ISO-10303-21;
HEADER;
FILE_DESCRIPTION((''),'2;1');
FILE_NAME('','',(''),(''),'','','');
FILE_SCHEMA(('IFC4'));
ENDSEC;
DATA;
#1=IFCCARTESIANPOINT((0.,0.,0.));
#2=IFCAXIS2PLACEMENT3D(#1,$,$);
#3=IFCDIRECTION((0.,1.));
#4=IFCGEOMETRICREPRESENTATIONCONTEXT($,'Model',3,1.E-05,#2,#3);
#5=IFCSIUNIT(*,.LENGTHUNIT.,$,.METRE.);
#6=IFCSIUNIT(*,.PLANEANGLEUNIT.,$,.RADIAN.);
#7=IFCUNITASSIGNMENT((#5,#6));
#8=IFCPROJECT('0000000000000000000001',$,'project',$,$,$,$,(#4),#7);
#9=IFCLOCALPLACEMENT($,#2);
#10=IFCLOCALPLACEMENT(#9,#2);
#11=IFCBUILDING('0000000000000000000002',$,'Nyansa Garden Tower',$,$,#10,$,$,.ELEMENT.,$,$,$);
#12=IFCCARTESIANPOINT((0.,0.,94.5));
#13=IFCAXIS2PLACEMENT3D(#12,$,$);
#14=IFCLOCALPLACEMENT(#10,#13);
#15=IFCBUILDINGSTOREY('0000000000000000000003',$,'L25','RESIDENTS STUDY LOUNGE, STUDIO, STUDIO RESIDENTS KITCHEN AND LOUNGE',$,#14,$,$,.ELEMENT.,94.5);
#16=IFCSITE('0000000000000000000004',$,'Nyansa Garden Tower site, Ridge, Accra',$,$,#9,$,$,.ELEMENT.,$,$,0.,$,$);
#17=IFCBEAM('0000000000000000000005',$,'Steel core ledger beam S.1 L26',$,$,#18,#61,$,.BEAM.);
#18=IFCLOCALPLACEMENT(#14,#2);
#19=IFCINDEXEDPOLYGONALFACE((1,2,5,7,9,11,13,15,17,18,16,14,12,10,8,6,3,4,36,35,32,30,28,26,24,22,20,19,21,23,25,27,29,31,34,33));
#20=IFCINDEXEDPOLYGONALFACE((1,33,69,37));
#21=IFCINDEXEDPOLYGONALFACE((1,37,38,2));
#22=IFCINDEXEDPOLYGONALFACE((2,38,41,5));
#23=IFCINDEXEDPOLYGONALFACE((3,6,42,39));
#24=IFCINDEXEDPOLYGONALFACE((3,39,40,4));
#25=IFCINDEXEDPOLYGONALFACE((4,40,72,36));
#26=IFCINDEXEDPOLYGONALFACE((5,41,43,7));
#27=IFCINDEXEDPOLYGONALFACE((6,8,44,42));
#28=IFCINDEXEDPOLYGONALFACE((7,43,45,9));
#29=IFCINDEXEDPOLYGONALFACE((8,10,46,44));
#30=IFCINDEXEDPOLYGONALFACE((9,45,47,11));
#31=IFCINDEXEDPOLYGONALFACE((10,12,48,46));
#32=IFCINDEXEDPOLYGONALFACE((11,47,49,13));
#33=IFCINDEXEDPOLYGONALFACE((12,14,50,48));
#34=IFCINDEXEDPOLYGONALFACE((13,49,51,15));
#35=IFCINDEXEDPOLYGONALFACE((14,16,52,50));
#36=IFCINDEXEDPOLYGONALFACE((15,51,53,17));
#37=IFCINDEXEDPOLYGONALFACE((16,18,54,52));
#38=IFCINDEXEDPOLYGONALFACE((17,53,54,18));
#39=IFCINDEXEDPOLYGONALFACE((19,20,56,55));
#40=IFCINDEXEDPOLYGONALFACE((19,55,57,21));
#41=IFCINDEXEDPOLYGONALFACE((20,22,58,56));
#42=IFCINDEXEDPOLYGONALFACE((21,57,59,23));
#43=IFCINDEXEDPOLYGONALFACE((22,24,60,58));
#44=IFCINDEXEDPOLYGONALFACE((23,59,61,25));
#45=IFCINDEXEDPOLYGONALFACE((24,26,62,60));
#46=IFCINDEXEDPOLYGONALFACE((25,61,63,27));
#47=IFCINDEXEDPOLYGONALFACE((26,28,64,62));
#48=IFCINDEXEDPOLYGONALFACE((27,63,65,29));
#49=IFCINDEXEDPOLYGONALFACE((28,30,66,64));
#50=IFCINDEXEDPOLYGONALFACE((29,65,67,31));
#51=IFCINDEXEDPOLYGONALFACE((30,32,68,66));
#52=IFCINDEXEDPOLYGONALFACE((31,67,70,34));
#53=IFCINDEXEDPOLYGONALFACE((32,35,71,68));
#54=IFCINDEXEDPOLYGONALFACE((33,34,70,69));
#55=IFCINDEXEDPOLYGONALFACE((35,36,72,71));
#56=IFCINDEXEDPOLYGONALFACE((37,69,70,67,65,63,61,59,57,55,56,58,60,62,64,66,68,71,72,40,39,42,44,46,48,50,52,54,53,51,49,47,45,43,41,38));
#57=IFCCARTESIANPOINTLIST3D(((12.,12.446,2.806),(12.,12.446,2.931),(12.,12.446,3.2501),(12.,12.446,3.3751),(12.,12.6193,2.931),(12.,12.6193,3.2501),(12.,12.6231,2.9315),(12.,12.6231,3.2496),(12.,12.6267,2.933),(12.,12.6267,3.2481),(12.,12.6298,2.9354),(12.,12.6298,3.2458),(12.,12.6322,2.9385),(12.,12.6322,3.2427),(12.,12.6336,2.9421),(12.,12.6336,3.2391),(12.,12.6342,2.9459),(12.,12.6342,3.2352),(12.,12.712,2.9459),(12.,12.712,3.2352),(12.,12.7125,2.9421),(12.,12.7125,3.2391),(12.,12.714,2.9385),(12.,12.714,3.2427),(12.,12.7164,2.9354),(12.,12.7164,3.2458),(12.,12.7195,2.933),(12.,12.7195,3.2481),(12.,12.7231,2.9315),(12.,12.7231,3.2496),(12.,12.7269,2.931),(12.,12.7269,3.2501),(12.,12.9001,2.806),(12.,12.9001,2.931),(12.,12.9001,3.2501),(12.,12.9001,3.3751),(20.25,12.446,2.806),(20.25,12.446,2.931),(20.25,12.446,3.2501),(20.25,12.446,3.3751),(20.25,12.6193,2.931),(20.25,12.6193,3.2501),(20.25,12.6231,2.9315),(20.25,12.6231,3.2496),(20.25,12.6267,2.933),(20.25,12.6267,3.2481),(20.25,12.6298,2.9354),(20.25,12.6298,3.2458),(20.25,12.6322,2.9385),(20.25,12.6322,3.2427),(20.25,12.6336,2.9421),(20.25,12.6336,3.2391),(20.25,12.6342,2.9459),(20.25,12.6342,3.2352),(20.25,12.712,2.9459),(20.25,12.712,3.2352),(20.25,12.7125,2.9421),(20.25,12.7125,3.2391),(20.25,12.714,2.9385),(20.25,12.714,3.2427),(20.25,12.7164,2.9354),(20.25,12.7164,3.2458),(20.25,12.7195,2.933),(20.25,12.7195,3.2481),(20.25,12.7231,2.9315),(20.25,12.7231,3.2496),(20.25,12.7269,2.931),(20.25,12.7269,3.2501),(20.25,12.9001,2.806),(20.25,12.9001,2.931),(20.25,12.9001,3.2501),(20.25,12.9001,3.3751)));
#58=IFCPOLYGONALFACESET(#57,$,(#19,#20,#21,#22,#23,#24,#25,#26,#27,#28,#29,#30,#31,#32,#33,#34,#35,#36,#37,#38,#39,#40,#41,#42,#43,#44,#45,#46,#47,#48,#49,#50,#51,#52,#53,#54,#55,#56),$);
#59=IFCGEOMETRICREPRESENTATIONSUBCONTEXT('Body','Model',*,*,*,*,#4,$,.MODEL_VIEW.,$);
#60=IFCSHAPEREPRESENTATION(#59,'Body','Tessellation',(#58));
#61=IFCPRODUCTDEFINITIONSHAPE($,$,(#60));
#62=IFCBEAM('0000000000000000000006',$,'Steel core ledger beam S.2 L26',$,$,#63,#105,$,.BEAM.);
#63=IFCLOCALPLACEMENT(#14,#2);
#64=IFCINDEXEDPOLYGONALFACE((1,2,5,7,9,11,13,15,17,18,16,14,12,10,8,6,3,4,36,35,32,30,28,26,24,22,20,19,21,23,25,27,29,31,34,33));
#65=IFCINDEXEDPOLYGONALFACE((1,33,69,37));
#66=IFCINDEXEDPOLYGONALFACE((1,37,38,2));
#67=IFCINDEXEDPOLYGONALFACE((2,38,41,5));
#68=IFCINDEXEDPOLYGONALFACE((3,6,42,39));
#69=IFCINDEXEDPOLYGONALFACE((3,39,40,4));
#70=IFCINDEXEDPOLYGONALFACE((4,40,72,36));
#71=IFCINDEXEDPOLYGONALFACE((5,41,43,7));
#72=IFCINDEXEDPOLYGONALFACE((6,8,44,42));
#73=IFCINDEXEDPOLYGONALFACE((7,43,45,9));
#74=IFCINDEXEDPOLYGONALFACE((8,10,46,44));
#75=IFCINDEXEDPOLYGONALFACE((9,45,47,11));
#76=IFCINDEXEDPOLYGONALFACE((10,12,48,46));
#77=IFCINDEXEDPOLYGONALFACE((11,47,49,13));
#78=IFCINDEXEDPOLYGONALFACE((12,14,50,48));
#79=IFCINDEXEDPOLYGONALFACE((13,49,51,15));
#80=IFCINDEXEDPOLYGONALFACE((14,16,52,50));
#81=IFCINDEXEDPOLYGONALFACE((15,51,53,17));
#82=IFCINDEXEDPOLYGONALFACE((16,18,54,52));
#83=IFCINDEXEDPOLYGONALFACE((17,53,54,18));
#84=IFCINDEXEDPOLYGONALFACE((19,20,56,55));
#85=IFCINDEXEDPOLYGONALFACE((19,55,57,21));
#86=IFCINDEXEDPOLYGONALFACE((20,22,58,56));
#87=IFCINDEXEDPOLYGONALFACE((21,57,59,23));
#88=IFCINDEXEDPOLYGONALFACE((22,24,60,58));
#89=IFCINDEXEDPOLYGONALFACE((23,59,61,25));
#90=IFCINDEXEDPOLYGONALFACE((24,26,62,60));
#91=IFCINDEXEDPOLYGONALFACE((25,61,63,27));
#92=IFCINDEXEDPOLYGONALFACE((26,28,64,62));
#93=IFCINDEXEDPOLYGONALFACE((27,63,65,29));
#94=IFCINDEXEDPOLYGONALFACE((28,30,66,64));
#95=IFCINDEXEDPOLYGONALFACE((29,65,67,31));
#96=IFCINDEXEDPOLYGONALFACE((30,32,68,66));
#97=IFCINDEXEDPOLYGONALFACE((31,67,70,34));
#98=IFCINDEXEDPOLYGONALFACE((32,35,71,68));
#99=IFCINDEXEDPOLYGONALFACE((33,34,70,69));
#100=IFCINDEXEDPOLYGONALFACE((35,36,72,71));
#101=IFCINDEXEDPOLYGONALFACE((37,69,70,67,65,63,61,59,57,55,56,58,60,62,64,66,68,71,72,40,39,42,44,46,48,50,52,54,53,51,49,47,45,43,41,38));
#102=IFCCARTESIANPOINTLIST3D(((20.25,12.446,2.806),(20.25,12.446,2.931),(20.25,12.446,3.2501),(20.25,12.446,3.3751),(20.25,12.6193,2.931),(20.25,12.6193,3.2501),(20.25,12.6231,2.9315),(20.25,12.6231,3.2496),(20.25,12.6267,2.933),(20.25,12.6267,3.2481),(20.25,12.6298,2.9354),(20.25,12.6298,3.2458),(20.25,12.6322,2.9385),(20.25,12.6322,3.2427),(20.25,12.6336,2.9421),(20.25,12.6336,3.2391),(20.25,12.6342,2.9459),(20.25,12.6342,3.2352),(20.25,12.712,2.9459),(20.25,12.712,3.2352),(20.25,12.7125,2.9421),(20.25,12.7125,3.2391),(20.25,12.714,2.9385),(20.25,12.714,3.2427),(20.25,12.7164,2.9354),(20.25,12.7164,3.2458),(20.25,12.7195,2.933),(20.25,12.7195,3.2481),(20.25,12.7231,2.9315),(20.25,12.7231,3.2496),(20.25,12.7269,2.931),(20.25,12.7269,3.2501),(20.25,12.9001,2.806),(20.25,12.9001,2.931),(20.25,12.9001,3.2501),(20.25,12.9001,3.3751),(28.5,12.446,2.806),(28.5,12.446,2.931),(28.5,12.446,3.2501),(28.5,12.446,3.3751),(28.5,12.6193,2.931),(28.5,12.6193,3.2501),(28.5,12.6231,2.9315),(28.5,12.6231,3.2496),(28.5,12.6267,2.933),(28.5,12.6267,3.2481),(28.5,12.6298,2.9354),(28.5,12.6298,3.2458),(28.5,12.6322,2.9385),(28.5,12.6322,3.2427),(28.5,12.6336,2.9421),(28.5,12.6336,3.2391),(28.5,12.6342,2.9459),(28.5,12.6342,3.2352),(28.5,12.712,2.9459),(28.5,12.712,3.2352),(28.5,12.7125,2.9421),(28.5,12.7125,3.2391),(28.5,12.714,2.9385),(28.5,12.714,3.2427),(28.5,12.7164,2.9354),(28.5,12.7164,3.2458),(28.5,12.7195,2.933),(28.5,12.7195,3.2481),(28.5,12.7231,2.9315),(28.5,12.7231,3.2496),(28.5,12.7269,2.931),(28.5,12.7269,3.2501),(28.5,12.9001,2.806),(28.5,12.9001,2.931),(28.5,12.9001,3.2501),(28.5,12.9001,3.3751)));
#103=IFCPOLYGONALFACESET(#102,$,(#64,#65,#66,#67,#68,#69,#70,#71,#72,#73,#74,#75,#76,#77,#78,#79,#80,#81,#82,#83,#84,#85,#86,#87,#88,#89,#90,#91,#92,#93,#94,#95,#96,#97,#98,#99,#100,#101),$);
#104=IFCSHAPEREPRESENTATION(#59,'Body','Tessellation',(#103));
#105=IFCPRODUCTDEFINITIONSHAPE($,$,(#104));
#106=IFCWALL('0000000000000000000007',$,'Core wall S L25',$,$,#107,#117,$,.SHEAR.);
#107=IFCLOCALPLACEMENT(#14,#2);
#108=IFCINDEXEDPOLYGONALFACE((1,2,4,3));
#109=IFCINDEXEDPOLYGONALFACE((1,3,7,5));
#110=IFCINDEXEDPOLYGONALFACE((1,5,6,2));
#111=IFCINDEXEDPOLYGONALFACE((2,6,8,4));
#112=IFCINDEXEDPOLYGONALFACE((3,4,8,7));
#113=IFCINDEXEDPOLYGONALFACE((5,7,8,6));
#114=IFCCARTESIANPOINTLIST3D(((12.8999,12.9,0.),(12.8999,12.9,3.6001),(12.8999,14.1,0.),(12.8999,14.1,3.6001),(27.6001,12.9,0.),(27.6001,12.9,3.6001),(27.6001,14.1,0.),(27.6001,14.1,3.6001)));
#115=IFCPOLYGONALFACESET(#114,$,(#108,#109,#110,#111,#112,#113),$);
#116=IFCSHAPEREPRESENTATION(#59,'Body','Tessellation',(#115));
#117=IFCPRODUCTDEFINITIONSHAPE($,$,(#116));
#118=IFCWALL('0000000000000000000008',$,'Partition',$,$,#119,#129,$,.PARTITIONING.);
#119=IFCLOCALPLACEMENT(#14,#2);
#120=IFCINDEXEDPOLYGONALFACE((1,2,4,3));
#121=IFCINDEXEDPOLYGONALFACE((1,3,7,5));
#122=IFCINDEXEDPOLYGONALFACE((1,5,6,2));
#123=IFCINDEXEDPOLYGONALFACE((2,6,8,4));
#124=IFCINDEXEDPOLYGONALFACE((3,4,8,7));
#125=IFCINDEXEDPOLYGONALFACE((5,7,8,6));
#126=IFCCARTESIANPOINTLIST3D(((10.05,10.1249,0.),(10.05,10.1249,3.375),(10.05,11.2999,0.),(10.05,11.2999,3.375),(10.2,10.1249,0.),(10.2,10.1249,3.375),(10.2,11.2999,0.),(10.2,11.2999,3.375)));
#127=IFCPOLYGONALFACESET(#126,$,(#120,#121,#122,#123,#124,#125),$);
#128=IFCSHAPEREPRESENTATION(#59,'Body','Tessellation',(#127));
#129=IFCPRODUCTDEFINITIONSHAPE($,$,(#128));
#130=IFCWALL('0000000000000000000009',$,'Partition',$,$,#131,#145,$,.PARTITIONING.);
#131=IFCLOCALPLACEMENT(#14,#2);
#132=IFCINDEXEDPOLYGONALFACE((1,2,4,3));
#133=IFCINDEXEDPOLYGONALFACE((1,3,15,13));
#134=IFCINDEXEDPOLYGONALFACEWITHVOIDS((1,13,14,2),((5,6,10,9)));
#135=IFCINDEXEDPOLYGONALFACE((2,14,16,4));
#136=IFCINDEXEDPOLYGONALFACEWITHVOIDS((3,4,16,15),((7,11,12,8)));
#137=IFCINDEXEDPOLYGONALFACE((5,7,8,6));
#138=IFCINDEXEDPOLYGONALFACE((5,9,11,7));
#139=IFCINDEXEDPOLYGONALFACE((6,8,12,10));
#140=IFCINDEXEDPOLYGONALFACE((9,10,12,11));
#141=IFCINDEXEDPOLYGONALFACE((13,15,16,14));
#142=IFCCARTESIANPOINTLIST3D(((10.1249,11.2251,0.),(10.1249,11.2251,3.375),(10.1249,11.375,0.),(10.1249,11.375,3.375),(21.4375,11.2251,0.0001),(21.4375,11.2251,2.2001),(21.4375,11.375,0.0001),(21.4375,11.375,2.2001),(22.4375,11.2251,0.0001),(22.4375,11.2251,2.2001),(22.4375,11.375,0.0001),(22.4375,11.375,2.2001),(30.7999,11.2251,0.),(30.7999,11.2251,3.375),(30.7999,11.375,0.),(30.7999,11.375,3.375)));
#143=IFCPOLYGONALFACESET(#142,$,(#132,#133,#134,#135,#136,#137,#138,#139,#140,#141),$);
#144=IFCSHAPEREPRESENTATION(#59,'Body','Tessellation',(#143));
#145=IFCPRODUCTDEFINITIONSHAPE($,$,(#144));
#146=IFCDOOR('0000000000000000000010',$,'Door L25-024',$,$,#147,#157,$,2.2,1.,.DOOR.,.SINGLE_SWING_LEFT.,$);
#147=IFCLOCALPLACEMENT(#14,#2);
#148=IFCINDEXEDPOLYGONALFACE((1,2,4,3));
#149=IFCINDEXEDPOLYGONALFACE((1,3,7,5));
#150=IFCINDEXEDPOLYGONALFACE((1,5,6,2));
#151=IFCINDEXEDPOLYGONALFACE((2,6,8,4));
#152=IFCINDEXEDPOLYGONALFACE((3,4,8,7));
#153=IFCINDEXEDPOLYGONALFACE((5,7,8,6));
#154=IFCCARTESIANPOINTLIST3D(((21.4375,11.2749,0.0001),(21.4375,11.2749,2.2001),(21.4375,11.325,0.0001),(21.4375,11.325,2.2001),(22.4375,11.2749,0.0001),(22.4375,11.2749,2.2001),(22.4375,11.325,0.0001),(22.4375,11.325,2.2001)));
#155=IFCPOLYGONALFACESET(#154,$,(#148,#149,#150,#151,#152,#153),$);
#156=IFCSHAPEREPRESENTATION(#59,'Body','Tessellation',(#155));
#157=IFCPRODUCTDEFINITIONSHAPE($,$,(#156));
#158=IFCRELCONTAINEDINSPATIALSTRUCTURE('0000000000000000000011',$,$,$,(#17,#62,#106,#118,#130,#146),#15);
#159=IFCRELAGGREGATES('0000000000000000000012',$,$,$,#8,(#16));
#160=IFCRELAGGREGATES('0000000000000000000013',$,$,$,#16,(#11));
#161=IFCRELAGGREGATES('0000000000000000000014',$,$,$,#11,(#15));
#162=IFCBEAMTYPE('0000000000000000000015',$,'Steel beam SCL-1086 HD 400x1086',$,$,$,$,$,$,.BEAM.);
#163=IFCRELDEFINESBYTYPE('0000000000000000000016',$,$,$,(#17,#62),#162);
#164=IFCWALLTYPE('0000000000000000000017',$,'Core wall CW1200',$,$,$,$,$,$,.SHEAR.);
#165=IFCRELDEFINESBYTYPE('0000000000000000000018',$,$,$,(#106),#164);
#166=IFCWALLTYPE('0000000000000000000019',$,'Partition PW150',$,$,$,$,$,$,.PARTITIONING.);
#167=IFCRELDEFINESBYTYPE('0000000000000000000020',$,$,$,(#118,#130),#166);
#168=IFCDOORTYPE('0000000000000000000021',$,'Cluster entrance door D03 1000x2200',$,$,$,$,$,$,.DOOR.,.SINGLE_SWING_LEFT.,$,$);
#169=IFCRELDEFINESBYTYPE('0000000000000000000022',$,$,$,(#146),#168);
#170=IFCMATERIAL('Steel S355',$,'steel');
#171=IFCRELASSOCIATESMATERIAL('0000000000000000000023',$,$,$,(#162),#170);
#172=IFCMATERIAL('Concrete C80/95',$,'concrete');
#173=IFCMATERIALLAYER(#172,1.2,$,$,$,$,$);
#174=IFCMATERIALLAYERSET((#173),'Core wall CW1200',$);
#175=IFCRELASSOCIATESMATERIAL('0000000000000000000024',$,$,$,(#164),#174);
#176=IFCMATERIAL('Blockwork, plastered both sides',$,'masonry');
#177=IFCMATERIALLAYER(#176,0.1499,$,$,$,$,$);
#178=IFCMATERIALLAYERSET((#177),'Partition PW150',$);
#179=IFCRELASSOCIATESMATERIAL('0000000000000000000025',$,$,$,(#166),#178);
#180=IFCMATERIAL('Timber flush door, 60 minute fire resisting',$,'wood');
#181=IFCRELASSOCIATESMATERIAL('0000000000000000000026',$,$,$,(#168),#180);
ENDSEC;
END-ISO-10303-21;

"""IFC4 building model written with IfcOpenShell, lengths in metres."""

from ifc_helpers import new_model, si_unit, direction, frame, frame_2d, origin, origin_2d, place, context, subcontext, project, spatial, rectangle, i_section, extrude, material, layer, layer_set, material_profile, profile_set, type_object, element, fill, save


model = new_model("IFC4")

# Units and contexts
model_context = context("Model", 3, precision=1e-05, world=origin(), true_north=direction((0.0, 1.0)))
body_context = subcontext(model_context, "Body", "Model", "MODEL_VIEW")
ifc_project = project(units=[si_unit("LENGTHUNIT", "METRE"), si_unit("PLANEANGLEUNIT", "RADIAN")], contexts=[model_context])

# Site, building, storey
site_placement = place(None, origin())
site = spatial("IfcSite", under=ifc_project, at=site_placement, Name="Nyansa Garden Tower site, Ridge, Accra", CompositionType="ELEMENT", RefElevation=0.0)
building_placement = place(site_placement, origin())
building = spatial("IfcBuilding", under=site, at=building_placement, Name="Nyansa Garden Tower", CompositionType="ELEMENT")
storey_placement = place(building_placement, frame((0.0, 0.0, 94.5)))
storey = spatial("IfcBuildingStorey", under=building, at=storey_placement, Name="L25", Description="RESIDENTS STUDY LOUNGE, STUDIO, STUDIO RESIDENTS KITCHEN AND LOUNGE", CompositionType="ELEMENT", Elevation=94.5)

# Beams
ifc_material_1 = material(Name="Steel S355", Category="steel")
ifc_material_profile_1 = material_profile(ifc_material_1, i_section(OverallWidth=0.4541, OverallDepth=0.5691, WebThickness=0.0779, FlangeThickness=0.125, FilletRadius=0.0149, at=origin_2d()), Name="HD 400x1086")
ifc_profile_set_1 = profile_set([ifc_material_profile_1], Name="Steel S355")
beam_type_1 = type_object("IfcBeamType", Name="Steel beam SCL-1086 HD 400x1086", PredefinedType="BEAM", material=ifc_profile_set_1)
for number, where, z_axis, x_axis, name in (
    (1, (12.0, 12.6731, 3.0906), (1.0, 0.0, 0.0), (0.0, 1.0, 0.0), "Steel core ledger beam S.1 L26"),
    (2, (20.25, 12.6731, 3.0906), (1.0, 0.0, 0.0), (0.0, 1.0, 0.0), "Steel core ledger beam S.2 L26"),
):
    element("IfcBeam", number, at=place(storey_placement, frame(where, z_axis=z_axis, x_axis=x_axis)), inside=storey, type_object=beam_type_1, Name=name, PredefinedType="BEAM", context=body_context, shape_type="SweptSolid", body=[
        extrude(i_section(OverallWidth=0.4541, OverallDepth=0.5691, WebThickness=0.0779, FlangeThickness=0.125, FilletRadius=0.0149, at=origin_2d()), origin(), (0.0, 0.0, 1.0), 8.25),
    ])

# Walls
ifc_material_2 = material(Name="Concrete C80/95", Category="concrete")
ifc_layer_1 = layer(ifc_material_2, 1.2)
ifc_layer_set_1 = layer_set([ifc_layer_1], Name="Core wall CW1200")
wall_type_1 = type_object("IfcWallType", Name="Core wall CW1200", PredefinedType="SHEAR", material=ifc_layer_set_1)
wall_1_placement = place(storey_placement, frame((12.8999, 13.5, 0.0), z_axis=(0.0, 0.0, 1.0), x_axis=(1.0, 0.0, 0.0)))
element("IfcWall", 3, at=wall_1_placement, inside=storey, type_object=wall_type_1, Name="Core wall S L25", PredefinedType="SHEAR", context=body_context, shape_type="SweptSolid", body=[
    extrude(rectangle(XDim=14.7002, YDim=1.2, at=frame_2d((7.3501, 0.0))), origin(), (0.0, 0.0, 1.0), 3.6001),
])
ifc_material_3 = material(Name="Blockwork, plastered both sides", Category="masonry")
ifc_layer_2 = layer(ifc_material_3, 0.1499)
ifc_layer_set_2 = layer_set([ifc_layer_2], Name="Partition PW150")
wall_type_2 = type_object("IfcWallType", Name="Partition PW150", PredefinedType="PARTITIONING", material=ifc_layer_set_2)
wall_2_placement = place(storey_placement, frame((10.125, 10.125, 0.0), z_axis=(0.0, 0.0, 1.0), x_axis=(0.0, 1.0, 0.0)))
element("IfcWall", 4, at=wall_2_placement, inside=storey, type_object=wall_type_2, Name="Partition", PredefinedType="PARTITIONING", context=body_context, shape_type="SweptSolid", body=[
    extrude(rectangle(XDim=1.175, YDim=0.1499, at=frame_2d((0.5874, 0.0))), origin(), (0.0, 0.0, 1.0), 3.375),
])

# Wall, opening, door
wall_3_placement = place(storey_placement, frame((10.125, 11.3, 0.0), z_axis=(0.0, 0.0, 1.0), x_axis=(1.0, 0.0, 0.0)))
wall_3 = element("IfcWall", 5, at=wall_3_placement, inside=storey, type_object=wall_type_2, Name="Partition", PredefinedType="PARTITIONING", context=body_context, shape_type="SweptSolid", body=[
    extrude(rectangle(XDim=20.675, YDim=0.1499, at=frame_2d((10.3374, 0.0))), origin(), (0.0, 0.0, 1.0), 3.375),
])
opening_1_placement = place(wall_3_placement, frame((11.3125, 0.0, 0.0)))
opening_1 = element("IfcOpeningElement", 6, at=opening_1_placement, cuts=wall_3, PredefinedType="OPENING", context=body_context, shape_type="SweptSolid", body=[
    extrude(rectangle(XDim=1.0, YDim=2.2, at=frame_2d((0.5, 1.1001))), frame((0.0, 0.085, 0.0), z_axis=(0.0, -1.0, 0.0), x_axis=(1.0, 0.0, 0.0)), (0.0, 0.0, 1.0), 0.1699),
])
ifc_material_4 = material(Name="Timber flush door, 60 minute fire resisting", Category="wood")
door_type_1 = type_object("IfcDoorType", Name="Cluster entrance door D03 1000x2200", OperationType="SINGLE_SWING_LEFT", PredefinedType="DOOR", material=ifc_material_4)
door_1_placement = place(opening_1_placement, origin())
door_1 = element("IfcDoor", 7, at=door_1_placement, inside=storey, type_object=door_type_1, Name="Door L25-024", OperationType="SINGLE_SWING_LEFT", OverallHeight=2.2, OverallWidth=1.0, PredefinedType="DOOR", context=body_context, shape_type="SweptSolid", body=[
    extrude(rectangle(XDim=1.0, YDim=2.2, at=frame_2d((0.5, 1.1001))), frame((0.0, 0.0249, 0.0), z_axis=(0.0, -1.0, 0.0), x_axis=(1.0, 0.0, 0.0)), (0.0, 0.0, 1.0), 0.05),
])
fill(opening_1, door_1)

save(model, "model.ifc")
